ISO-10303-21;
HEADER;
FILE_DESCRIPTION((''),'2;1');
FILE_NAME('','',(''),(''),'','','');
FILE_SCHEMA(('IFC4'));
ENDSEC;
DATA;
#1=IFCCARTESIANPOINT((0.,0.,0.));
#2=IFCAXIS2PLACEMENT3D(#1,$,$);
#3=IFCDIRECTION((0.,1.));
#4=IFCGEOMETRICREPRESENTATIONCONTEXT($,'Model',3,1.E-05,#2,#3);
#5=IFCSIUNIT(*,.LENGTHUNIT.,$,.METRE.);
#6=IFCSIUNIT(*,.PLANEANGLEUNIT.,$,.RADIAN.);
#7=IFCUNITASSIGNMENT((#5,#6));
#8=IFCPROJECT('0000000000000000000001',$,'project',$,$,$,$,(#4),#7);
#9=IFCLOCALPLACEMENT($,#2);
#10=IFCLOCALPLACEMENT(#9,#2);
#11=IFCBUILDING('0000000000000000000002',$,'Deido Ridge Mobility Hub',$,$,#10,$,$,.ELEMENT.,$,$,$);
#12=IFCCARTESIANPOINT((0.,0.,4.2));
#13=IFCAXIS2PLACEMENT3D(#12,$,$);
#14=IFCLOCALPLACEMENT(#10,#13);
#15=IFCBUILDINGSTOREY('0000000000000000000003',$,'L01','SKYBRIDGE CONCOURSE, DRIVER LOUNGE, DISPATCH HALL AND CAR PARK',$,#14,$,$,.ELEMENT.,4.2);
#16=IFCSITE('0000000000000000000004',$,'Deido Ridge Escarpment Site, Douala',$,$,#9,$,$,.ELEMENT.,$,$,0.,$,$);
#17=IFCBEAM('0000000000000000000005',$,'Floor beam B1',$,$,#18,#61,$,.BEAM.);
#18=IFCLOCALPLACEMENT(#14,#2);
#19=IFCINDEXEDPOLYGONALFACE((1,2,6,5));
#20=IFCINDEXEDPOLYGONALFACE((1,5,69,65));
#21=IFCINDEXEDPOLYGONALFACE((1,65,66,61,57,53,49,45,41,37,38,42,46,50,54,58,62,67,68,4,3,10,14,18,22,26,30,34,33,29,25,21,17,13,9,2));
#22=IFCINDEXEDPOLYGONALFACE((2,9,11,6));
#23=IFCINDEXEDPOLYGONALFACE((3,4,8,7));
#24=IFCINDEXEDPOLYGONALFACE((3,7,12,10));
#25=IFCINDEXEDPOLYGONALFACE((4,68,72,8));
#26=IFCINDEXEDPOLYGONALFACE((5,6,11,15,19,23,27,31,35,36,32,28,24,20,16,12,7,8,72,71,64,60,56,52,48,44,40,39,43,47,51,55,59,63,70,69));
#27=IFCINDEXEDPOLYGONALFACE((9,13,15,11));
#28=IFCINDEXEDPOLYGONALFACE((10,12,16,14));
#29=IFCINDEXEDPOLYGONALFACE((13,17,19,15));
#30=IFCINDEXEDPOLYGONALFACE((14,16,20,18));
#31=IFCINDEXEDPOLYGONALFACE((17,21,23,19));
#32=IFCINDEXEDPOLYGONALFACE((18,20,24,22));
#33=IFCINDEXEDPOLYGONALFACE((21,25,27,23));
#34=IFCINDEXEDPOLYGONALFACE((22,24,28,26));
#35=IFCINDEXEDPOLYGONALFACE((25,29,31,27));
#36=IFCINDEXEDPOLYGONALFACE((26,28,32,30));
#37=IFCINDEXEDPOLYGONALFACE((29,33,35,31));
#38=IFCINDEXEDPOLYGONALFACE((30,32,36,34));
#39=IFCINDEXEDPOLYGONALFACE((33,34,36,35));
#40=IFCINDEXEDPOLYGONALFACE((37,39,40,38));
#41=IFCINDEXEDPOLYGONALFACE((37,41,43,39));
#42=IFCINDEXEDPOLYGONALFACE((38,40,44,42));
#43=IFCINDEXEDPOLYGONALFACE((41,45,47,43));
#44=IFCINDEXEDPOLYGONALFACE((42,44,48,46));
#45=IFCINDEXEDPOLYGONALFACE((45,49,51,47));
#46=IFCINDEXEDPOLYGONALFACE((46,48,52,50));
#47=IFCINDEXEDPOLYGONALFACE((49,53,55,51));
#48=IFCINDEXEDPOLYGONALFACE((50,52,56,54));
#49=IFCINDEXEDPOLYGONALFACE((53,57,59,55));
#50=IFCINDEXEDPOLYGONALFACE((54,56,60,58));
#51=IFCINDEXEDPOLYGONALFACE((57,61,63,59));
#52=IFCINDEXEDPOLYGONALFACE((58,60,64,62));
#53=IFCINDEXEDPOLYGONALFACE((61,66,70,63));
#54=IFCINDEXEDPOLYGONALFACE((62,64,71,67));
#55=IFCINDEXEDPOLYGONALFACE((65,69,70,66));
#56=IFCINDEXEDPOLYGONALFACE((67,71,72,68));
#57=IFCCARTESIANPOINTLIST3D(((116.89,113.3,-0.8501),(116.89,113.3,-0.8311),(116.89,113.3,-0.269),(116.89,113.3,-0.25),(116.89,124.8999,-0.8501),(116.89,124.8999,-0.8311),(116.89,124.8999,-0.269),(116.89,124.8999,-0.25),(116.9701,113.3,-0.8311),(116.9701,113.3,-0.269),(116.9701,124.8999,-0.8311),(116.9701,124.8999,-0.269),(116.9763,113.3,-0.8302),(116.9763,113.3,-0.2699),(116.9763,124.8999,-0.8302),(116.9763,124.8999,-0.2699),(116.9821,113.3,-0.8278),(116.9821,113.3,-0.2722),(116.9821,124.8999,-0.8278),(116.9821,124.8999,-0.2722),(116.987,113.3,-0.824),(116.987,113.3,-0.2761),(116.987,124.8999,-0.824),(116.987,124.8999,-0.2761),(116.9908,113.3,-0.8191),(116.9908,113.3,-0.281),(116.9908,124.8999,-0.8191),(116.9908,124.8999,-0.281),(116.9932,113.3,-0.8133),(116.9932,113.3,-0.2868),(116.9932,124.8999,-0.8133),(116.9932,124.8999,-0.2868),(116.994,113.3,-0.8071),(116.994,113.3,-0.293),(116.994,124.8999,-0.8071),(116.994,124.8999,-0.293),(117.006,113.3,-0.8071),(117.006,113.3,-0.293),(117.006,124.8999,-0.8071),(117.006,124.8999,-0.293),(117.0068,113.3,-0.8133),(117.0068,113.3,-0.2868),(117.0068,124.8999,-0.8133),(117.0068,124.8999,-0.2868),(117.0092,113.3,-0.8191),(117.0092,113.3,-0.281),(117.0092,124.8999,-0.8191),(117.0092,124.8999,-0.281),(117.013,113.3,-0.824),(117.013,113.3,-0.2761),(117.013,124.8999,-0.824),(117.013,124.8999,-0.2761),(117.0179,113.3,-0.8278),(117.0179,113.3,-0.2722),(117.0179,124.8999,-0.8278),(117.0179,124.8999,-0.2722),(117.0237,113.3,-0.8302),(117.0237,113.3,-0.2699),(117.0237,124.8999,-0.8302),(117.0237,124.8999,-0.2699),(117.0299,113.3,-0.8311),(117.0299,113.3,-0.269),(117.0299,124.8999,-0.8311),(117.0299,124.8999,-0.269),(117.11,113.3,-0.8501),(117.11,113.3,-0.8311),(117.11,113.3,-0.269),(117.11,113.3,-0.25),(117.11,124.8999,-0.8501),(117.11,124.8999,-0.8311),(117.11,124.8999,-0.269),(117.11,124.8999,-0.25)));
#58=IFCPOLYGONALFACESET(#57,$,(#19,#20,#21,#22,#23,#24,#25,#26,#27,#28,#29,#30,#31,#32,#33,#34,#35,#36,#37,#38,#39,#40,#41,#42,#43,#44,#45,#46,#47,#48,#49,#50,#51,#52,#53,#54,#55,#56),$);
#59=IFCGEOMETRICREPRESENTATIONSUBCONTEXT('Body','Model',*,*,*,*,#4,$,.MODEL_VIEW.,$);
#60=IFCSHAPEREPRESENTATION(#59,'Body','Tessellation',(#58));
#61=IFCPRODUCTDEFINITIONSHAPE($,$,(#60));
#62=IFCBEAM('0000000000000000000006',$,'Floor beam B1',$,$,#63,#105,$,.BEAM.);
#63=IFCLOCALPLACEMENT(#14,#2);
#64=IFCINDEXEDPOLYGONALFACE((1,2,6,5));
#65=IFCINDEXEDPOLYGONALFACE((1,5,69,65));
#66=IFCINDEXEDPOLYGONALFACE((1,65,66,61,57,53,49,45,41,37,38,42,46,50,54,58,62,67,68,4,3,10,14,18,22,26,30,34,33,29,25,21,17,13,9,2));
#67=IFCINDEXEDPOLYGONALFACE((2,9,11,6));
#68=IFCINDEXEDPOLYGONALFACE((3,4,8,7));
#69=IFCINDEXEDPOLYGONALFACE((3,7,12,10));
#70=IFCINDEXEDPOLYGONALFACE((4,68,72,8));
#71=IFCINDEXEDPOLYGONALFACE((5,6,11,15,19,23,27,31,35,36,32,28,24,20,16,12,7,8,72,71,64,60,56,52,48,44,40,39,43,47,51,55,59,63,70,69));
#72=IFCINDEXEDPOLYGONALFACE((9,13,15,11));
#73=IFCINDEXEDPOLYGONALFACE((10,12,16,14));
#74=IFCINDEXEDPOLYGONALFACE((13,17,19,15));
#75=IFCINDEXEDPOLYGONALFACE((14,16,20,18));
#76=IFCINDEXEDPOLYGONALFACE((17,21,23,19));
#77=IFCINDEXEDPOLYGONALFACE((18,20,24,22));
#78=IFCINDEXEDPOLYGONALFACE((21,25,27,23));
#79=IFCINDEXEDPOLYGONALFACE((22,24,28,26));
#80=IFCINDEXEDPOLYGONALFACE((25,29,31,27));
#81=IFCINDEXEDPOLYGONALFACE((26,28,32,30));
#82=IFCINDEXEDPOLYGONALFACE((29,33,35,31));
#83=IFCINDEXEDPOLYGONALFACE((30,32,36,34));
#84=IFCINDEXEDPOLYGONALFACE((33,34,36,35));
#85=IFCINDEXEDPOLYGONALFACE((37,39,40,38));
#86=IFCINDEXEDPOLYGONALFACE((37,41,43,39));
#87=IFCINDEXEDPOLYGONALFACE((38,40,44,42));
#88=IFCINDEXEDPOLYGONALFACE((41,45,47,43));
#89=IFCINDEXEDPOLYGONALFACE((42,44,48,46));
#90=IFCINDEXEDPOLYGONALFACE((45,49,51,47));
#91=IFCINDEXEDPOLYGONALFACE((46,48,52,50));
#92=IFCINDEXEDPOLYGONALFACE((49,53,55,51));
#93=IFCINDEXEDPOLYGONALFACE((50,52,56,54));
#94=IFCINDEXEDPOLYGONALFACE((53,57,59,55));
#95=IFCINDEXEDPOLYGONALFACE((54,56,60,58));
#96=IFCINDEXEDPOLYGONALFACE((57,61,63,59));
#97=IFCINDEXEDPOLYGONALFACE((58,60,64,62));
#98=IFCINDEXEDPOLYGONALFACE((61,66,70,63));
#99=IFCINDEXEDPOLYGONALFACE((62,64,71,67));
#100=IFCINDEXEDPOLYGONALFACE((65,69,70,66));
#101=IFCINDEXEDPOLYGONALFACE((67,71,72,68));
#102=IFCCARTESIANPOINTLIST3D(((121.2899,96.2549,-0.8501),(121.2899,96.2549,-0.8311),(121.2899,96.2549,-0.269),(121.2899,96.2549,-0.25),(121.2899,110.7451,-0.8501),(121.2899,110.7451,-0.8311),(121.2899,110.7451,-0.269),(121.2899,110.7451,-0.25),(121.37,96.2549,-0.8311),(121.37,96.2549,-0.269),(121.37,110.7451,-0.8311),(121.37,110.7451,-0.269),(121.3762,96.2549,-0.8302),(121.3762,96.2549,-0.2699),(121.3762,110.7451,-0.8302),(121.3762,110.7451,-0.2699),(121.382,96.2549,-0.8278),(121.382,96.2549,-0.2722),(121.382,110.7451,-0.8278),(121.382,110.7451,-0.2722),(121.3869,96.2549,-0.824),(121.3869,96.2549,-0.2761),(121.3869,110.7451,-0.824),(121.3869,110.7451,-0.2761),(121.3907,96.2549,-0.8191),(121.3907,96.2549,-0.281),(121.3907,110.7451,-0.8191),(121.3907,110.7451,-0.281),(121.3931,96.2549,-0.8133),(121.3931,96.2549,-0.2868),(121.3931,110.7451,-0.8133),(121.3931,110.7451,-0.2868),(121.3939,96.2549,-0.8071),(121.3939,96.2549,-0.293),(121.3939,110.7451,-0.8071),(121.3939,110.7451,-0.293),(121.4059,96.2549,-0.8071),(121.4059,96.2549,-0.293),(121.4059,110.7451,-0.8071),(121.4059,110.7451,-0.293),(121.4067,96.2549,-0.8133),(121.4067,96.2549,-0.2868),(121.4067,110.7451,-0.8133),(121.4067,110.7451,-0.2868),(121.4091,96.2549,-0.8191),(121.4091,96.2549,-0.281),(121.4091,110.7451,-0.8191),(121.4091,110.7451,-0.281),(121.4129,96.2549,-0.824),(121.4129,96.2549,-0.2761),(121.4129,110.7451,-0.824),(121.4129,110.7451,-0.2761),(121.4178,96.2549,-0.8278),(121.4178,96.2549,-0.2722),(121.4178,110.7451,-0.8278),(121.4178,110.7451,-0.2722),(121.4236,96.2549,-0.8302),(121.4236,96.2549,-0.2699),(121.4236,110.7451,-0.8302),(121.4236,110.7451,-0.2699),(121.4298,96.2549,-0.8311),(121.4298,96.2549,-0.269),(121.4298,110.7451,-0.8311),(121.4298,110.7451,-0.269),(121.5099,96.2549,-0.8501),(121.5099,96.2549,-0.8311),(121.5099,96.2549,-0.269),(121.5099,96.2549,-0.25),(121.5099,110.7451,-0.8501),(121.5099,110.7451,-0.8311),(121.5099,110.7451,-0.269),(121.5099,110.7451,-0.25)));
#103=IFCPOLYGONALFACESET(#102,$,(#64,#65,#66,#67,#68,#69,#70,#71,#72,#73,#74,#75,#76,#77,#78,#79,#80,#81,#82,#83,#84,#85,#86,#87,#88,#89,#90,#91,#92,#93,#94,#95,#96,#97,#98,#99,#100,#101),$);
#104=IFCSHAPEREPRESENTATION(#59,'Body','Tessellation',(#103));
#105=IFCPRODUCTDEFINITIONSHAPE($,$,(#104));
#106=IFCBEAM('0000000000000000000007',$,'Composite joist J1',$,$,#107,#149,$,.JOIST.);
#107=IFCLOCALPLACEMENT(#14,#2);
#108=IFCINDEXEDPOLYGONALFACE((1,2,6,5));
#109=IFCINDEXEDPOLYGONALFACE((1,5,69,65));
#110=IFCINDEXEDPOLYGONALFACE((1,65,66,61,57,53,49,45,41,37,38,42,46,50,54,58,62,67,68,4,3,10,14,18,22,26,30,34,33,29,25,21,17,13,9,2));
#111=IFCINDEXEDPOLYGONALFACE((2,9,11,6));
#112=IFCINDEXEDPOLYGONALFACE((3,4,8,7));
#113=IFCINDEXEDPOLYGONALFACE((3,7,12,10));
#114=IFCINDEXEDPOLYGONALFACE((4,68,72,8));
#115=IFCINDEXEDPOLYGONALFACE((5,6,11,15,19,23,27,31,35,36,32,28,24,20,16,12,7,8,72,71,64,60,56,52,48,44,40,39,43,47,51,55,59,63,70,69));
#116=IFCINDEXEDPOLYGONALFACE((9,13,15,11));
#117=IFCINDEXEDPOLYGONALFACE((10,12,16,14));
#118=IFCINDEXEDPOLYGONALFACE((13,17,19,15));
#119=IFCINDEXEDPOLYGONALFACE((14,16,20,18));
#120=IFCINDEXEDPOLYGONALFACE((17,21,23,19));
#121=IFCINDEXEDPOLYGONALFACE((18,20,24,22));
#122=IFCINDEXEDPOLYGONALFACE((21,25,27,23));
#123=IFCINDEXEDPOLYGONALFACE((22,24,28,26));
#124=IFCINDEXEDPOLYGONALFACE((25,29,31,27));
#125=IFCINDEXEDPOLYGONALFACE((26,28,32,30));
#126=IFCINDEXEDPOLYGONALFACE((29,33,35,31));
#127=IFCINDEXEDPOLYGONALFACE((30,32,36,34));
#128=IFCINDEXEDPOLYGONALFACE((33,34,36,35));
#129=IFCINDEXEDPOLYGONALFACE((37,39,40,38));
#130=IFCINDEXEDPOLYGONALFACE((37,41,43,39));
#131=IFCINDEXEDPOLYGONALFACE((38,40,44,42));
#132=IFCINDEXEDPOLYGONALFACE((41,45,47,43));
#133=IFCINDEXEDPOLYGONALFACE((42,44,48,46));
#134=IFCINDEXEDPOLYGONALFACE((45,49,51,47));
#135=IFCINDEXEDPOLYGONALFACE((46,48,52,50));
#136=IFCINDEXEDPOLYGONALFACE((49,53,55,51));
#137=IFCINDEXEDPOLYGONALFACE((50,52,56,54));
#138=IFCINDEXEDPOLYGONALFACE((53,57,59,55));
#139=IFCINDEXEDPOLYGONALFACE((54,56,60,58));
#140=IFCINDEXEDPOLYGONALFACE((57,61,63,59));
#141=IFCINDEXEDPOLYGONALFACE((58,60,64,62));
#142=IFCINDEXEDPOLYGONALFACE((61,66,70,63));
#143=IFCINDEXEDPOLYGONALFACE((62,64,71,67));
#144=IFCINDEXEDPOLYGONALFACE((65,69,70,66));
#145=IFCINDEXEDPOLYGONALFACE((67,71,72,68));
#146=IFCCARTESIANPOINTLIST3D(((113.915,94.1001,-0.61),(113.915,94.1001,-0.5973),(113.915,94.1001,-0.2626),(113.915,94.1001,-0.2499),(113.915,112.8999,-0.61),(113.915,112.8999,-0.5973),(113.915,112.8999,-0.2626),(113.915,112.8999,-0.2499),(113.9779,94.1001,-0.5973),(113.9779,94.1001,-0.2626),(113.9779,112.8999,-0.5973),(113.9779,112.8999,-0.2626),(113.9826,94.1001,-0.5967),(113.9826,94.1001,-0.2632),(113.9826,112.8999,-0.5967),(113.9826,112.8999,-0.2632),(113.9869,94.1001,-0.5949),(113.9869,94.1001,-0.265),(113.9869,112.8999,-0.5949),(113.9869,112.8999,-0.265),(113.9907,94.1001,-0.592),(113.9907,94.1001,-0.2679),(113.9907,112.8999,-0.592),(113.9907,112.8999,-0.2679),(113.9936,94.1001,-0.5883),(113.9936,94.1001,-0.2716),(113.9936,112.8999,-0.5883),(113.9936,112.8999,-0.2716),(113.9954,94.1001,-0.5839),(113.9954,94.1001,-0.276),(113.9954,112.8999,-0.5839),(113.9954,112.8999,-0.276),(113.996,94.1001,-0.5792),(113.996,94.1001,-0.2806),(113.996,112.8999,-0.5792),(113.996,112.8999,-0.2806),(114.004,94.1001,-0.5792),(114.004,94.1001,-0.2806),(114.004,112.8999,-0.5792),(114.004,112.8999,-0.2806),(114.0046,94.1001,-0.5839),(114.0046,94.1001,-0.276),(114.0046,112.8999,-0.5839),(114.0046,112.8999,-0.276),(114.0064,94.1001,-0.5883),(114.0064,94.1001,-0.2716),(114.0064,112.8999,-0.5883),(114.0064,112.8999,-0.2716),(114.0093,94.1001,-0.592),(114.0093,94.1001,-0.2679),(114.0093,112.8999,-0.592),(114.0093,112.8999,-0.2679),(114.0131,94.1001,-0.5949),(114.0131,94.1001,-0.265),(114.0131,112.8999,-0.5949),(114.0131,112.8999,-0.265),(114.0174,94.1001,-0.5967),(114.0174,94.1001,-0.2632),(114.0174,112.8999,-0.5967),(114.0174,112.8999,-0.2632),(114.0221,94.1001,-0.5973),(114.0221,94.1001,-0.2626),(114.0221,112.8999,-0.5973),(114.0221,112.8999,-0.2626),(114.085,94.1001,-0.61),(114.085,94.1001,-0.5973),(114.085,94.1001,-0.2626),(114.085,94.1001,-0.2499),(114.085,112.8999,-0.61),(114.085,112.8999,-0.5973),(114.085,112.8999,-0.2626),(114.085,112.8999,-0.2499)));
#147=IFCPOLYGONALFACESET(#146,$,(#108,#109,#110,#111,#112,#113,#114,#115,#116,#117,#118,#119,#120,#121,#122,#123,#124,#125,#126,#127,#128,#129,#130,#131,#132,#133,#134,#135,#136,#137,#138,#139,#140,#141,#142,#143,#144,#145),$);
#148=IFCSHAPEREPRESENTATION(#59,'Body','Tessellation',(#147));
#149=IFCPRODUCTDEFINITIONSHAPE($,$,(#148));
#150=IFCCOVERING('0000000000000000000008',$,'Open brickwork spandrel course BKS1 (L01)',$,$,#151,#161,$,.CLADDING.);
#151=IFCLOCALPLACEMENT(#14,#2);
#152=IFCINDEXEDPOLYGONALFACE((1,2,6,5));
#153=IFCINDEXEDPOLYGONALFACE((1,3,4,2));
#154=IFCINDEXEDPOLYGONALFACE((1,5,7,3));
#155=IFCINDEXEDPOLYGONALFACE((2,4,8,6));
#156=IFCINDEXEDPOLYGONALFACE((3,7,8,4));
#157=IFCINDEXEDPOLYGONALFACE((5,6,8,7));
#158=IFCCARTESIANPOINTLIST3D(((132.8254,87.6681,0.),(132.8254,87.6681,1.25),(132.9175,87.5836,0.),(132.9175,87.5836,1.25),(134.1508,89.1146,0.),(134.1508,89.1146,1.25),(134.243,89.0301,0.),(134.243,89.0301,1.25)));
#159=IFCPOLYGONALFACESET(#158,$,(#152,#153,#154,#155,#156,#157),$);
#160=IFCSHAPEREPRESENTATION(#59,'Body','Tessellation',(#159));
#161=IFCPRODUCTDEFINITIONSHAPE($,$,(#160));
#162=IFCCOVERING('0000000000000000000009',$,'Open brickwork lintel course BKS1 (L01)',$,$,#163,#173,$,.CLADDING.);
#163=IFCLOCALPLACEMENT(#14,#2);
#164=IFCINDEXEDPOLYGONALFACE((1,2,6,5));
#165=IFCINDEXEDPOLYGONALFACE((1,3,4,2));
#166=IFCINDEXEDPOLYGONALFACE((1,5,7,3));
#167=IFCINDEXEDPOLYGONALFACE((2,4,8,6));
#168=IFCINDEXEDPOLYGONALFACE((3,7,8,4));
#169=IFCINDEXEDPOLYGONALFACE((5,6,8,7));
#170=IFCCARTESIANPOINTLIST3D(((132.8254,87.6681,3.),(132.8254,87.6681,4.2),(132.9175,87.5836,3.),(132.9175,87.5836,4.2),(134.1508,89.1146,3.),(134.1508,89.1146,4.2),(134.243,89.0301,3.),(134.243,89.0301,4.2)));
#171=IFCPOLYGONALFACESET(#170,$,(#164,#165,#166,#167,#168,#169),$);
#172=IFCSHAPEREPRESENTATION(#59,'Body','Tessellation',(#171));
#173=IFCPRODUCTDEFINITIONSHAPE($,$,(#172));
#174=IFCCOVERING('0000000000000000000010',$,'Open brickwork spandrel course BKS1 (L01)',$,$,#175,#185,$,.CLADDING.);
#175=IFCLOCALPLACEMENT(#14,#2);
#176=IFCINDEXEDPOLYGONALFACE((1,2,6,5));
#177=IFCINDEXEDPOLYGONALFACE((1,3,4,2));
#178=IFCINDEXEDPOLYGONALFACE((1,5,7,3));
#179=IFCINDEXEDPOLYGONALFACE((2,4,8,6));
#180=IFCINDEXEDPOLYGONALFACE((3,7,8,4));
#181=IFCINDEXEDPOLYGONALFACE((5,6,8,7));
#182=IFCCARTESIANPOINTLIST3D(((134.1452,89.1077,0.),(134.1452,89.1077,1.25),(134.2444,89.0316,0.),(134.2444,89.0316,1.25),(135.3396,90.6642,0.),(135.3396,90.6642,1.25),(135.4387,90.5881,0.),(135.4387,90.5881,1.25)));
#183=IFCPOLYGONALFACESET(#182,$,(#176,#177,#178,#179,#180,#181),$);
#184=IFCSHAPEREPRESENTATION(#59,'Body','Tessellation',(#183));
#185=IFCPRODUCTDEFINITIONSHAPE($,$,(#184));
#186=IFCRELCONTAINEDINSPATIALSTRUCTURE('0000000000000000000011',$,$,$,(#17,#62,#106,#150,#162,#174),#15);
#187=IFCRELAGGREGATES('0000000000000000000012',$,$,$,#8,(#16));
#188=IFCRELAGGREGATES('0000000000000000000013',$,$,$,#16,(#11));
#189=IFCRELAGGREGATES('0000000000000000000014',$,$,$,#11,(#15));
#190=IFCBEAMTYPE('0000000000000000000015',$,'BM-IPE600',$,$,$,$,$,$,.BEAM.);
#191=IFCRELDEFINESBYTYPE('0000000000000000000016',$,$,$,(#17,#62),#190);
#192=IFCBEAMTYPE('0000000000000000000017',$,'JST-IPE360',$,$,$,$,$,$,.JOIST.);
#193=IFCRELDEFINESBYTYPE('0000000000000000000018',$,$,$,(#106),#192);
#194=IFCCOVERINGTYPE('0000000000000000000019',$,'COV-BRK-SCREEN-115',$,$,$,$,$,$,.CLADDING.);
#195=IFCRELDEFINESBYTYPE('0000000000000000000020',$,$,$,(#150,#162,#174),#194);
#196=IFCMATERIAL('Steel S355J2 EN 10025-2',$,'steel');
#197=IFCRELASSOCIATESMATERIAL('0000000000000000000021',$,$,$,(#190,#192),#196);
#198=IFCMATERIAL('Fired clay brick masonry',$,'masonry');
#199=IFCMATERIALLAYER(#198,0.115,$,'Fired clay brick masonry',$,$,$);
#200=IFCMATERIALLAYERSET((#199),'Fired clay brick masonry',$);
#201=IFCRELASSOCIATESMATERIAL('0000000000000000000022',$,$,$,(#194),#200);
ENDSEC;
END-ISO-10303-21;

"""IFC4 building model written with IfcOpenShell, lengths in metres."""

from ifc_helpers import new_model, si_unit, direction, frame, origin, origin_2d, place, context, subcontext, project, spatial, rectangle, i_section, extrude, material, layer, layer_set, material_profile, profile_set, type_object, element, save


model = new_model("IFC4")

# Units and contexts
model_context = context("Model", 3, precision=1e-05, world=origin(), true_north=direction((0.0, 1.0)))
body_context = subcontext(model_context, "Body", "Model", "MODEL_VIEW")
ifc_project = project(units=[si_unit("LENGTHUNIT", "METRE"), si_unit("PLANEANGLEUNIT", "RADIAN")], contexts=[model_context])

# Site, building, storey
site_placement = place(None, origin())
site = spatial("IfcSite", under=ifc_project, at=site_placement, Name="Deido Ridge Escarpment Site, Douala", CompositionType="ELEMENT", RefElevation=0.0)
building_placement = place(site_placement, origin())
building = spatial("IfcBuilding", under=site, at=building_placement, Name="Deido Ridge Mobility Hub", CompositionType="ELEMENT")
storey_placement = place(building_placement, frame((0.0, 0.0, 4.2)))
storey = spatial("IfcBuildingStorey", under=building, at=storey_placement, Name="L01", Description="SKYBRIDGE CONCOURSE, DRIVER LOUNGE, DISPATCH HALL AND CAR PARK", CompositionType="ELEMENT", Elevation=4.2)

# Shared definitions
ifc_material_1 = material(Name="Steel S355J2 EN 10025-2", Category="steel")

# Beams
ifc_material_profile_1 = material_profile(ifc_material_1, i_section(OverallWidth=0.22, OverallDepth=0.6001, WebThickness=0.012, FlangeThickness=0.019, FilletRadius=0.0239, at=origin_2d()), Name="IPE 600")
ifc_profile_set_1 = profile_set([ifc_material_profile_1], Name="Steel S355J2 EN 10025-2")
beam_type_1 = type_object("IfcBeamType", Name="BM-IPE600", PredefinedType="BEAM", material=ifc_profile_set_1)
beam_1_placement = place(storey_placement, frame((117.0, 113.3, -0.55), z_axis=(0.0, 1.0, 0.0), x_axis=(-1.0, 0.0, 0.0)))
element("IfcBeam", 1, at=beam_1_placement, inside=storey, type_object=beam_type_1, Name="Floor beam B1", PredefinedType="BEAM", context=body_context, shape_type="SweptSolid", body=[
    extrude(i_section(OverallWidth=0.22, OverallDepth=0.6001, WebThickness=0.012, FlangeThickness=0.019, FilletRadius=0.0239, at=origin_2d()), origin(), (0.0, 0.0, 1.0), 11.5999),
])
beam_2_placement = place(storey_placement, frame((121.3999, 96.2549, -0.55), z_axis=(0.0, 1.0, 0.0), x_axis=(-1.0, 0.0, 0.0)))
element("IfcBeam", 2, at=beam_2_placement, inside=storey, type_object=beam_type_1, Name="Floor beam B1", PredefinedType="BEAM", context=body_context, shape_type="SweptSolid", body=[
    extrude(i_section(OverallWidth=0.22, OverallDepth=0.6001, WebThickness=0.012, FlangeThickness=0.019, FilletRadius=0.0239, at=origin_2d()), origin(), (0.0, 0.0, 1.0), 14.4902),
])
ifc_material_profile_2 = material_profile(ifc_material_1, i_section(OverallWidth=0.1699, OverallDepth=0.3601, WebThickness=0.0081, FlangeThickness=0.0127, FilletRadius=0.0181, at=origin_2d()), Name="IPE 360")
ifc_profile_set_2 = profile_set([ifc_material_profile_2], Name="Steel S355J2 EN 10025-2")
beam_type_2 = type_object("IfcBeamType", Name="JST-IPE360", PredefinedType="JOIST", material=ifc_profile_set_2)
beam_3_placement = place(storey_placement, frame((114.0, 94.1001, -0.4299), z_axis=(0.0, 1.0, 0.0), x_axis=(-1.0, 0.0, 0.0)))
element("IfcBeam", 3, at=beam_3_placement, inside=storey, type_object=beam_type_2, Name="Composite joist J1", PredefinedType="JOIST", context=body_context, shape_type="SweptSolid", body=[
    extrude(i_section(OverallWidth=0.1699, OverallDepth=0.3601, WebThickness=0.0081, FlangeThickness=0.0127, FilletRadius=0.0181, at=origin_2d()), origin(), (0.0, 0.0, 1.0), 18.7998),
])

# Coverings
ifc_material_2 = material(Name="Fired clay brick masonry", Category="masonry")
ifc_layer = layer(ifc_material_2, 0.115, Name="Fired clay brick masonry")
ifc_layer_set = layer_set([ifc_layer], Name="Fired clay brick masonry")
covering_type = type_object("IfcCoveringType", Name="COV-BRK-SCREEN-115", PredefinedType="CLADDING", material=ifc_layer_set)
covering_1_placement = place(storey_placement, frame((133.5342, 88.3491, 0.0), z_axis=(0.0, 0.0, 1.0), x_axis=(0.675577, 0.737289, 0.0)))
element("IfcCovering", 4, at=covering_1_placement, inside=storey, type_object=covering_type, Name="Open brickwork spandrel course BKS1 (L01)", PredefinedType="CLADDING", context=body_context, shape_type="SweptSolid", body=[
    extrude(rectangle(XDim=1.9619, YDim=0.125, at=origin_2d()), origin(), (0.0, 0.0, 1.0), 1.25),
])
covering_2_placement = place(storey_placement, frame((133.5342, 88.3491, 3.0), z_axis=(0.0, 0.0, 1.0), x_axis=(0.675577, 0.737289, 0.0)))
element("IfcCovering", 5, at=covering_2_placement, inside=storey, type_object=covering_type, Name="Open brickwork lintel course BKS1 (L01)", PredefinedType="CLADDING", context=body_context, shape_type="SweptSolid", body=[
    extrude(rectangle(XDim=1.9619, YDim=0.125, at=origin_2d()), origin(), (0.0, 0.0, 1.0), 1.2),
])
covering_3_placement = place(storey_placement, frame((134.792, 89.8479, 0.0), z_axis=(0.0, 0.0, 1.0), x_axis=(0.608761, 0.793353, 0.0)))
element("IfcCovering", 6, at=covering_3_placement, inside=storey, type_object=covering_type, Name="Open brickwork spandrel course BKS1 (L01)", PredefinedType="CLADDING", context=body_context, shape_type="SweptSolid", body=[
    extrude(rectangle(XDim=1.9619, YDim=0.125, at=origin_2d()), origin(), (0.0, 0.0, 1.0), 1.25),
])

save(model, "model.ifc")
